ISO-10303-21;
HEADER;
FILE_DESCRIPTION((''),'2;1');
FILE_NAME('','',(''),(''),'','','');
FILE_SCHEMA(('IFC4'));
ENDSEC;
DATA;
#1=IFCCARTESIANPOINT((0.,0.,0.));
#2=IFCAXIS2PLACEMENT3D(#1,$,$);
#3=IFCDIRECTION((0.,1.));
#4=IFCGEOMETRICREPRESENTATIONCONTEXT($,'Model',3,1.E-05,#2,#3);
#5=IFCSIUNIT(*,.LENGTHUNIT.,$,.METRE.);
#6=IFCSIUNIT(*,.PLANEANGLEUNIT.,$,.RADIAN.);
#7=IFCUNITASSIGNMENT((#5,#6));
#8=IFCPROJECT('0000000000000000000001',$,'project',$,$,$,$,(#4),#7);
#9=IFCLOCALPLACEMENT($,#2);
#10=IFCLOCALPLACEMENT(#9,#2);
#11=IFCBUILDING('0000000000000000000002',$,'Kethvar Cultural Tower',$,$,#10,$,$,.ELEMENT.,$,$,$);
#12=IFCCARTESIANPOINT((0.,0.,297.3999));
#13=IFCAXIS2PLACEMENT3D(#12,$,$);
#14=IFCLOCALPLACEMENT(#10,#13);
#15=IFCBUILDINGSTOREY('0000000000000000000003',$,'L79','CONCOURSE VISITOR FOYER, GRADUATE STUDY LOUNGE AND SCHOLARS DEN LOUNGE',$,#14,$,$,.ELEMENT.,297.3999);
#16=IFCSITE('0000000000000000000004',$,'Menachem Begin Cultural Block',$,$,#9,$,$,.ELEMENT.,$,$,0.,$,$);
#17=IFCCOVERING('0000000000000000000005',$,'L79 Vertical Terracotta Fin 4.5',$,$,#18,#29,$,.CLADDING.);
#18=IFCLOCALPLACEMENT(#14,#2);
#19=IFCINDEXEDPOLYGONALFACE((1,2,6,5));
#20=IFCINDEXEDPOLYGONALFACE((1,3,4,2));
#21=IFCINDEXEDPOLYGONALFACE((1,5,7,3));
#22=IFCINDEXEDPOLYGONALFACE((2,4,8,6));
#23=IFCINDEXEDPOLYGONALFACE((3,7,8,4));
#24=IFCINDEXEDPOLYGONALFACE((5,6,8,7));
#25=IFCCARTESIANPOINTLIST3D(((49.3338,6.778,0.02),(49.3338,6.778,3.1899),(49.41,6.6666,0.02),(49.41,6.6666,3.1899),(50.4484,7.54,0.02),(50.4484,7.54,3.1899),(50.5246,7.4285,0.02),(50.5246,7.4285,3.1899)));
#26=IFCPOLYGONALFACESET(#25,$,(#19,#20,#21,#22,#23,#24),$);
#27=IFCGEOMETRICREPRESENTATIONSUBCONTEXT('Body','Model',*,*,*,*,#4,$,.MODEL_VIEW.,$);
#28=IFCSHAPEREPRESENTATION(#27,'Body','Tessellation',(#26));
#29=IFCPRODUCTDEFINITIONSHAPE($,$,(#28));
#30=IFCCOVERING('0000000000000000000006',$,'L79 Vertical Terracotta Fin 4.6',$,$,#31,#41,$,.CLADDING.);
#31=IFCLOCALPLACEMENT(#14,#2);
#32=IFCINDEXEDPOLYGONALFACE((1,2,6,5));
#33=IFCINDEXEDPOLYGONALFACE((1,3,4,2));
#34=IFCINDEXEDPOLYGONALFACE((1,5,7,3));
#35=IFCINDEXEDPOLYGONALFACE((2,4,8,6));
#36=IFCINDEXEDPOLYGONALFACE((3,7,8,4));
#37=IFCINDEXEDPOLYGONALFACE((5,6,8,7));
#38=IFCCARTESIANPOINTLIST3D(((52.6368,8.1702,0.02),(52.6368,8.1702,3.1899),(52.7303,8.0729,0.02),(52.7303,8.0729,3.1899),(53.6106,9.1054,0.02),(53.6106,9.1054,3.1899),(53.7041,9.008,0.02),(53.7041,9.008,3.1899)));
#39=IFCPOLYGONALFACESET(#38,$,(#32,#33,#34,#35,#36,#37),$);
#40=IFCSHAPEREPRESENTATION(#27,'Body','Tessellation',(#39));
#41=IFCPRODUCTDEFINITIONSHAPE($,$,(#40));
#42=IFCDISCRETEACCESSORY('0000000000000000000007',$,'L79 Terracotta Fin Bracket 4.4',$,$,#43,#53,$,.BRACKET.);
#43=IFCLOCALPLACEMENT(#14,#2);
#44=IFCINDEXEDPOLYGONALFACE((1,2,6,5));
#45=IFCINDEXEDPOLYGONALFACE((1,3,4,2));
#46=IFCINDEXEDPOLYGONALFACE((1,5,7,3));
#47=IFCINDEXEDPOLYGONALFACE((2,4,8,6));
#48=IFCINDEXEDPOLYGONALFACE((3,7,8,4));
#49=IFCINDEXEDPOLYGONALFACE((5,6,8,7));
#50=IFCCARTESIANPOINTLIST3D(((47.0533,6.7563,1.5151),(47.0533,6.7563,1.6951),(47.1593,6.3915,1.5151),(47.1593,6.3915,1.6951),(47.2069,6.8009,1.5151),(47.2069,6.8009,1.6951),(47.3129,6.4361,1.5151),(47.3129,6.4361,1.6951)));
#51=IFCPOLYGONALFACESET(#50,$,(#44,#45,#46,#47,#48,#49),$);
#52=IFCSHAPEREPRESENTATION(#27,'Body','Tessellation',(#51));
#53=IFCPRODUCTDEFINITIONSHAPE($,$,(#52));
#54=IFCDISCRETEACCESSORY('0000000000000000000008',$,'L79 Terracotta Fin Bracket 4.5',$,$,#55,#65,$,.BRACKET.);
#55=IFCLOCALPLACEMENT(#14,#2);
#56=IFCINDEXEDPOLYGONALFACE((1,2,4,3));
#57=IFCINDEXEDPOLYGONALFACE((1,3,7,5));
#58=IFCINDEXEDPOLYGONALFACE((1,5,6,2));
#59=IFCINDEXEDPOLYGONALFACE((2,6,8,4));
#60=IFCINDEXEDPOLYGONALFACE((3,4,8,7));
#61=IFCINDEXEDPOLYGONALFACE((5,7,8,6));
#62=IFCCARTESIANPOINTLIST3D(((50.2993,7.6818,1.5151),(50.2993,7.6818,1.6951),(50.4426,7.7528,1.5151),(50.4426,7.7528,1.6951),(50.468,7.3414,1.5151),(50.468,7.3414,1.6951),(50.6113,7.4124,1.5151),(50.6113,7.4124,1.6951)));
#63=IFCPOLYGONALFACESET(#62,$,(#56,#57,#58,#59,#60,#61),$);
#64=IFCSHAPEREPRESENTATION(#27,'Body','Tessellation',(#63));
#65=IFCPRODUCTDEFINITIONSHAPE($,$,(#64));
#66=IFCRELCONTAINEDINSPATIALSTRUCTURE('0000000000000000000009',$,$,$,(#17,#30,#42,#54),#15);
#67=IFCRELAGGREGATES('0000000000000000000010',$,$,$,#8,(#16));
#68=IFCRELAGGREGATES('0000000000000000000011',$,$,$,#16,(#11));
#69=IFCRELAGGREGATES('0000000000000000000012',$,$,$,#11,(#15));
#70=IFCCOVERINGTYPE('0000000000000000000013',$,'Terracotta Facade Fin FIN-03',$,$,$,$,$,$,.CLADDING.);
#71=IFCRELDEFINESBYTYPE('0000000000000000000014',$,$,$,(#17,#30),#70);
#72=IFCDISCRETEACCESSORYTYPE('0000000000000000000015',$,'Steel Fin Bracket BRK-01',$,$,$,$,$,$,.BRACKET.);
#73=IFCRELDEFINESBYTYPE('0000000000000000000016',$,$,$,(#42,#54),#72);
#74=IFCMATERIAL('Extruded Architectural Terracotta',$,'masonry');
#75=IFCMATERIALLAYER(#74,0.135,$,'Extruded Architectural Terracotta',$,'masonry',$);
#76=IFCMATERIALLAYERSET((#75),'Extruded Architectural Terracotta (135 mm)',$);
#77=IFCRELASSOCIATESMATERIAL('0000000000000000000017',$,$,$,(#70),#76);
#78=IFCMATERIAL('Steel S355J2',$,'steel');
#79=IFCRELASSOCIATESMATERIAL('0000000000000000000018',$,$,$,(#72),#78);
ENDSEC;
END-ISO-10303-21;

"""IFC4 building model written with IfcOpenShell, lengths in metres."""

from ifc_helpers import new_model, si_unit, direction, frame, origin, origin_2d, place, context, subcontext, project, spatial, rectangle, extrude, source, transform, mapped, material, layer, layer_set, type_object, element, save


model = new_model("IFC4")

# Units and contexts
model_context = context("Model", 3, precision=1e-05, world=origin(), true_north=direction((0.0, 1.0)))
body_context = subcontext(model_context, "Body", "Model", "MODEL_VIEW")
ifc_project = project(units=[si_unit("LENGTHUNIT", "METRE"), si_unit("PLANEANGLEUNIT", "RADIAN")], contexts=[model_context])

# Site, building, storey
site_placement = place(None, origin())
site = spatial("IfcSite", under=ifc_project, at=site_placement, Name="Menachem Begin Cultural Block", CompositionType="ELEMENT", RefElevation=0.0)
building_placement = place(site_placement, origin())
building = spatial("IfcBuilding", under=site, at=building_placement, Name="Kethvar Cultural Tower", CompositionType="ELEMENT")
storey_placement = place(building_placement, frame((0.0, 0.0, 297.3999)))
storey = spatial("IfcBuildingStorey", under=building, at=storey_placement, Name="L79", Description="CONCOURSE VISITOR FOYER, GRADUATE STUDY LOUNGE AND SCHOLARS DEN LOUNGE", CompositionType="ELEMENT", Elevation=297.3999)

# Shared definitions
ifc_material_1 = material(Name="Steel S355J2", Category="steel")

# Coverings
ifc_material_2 = material(Name="Extruded Architectural Terracotta", Category="masonry")
ifc_layer_1 = layer(ifc_material_2, 0.135, Name="Extruded Architectural Terracotta", Category="masonry")
ifc_layer_set_1 = layer_set([ifc_layer_1], Name="Extruded Architectural Terracotta (135 mm)")
covering_type = type_object("IfcCoveringType", Name="Terracotta Facade Fin FIN-03", PredefinedType="CLADDING", material=ifc_layer_set_1)
shared_shape_1 = source(origin(), body_context, "Body", "SweptSolid", [
    extrude(rectangle(XDim=1.3501, YDim=0.135, at=origin_2d()), origin(), (0.0, 0.0, 1.0), 3.1699),
])
for number, where, z_axis, x_axis, name in (
    (1, (49.9292, 7.1033, 0.02), (0.0, 0.0, 1.0), (-0.825508, -0.564391, 0.0), "L79 Vertical Terracotta Fin 4.5"),
    (2, (53.1704, 8.5891, 0.02), (0.0, 0.0, 1.0), (-0.721277, -0.692647, 0.0), "L79 Vertical Terracotta Fin 4.6"),
):
    element("IfcCovering", number, at=place(storey_placement, frame(where, z_axis=z_axis, x_axis=x_axis)), inside=storey, type_object=covering_type, Name=name, PredefinedType="CLADDING", context=body_context, shape_type="MappedRepresentation", body=[
        mapped(shared_shape_1, transform((0.0, 0.0, 0.0), scale=1.0)),
    ])

# Discrete accessories
discrete_accessory_type = type_object("IfcDiscreteAccessoryType", Name="Steel Fin Bracket BRK-01", PredefinedType="BRACKET", material=ifc_material_1)
shared_shape_2 = source(origin(), body_context, "Body", "SweptSolid", [
    extrude(rectangle(XDim=0.3799, YDim=0.1599, at=origin_2d()), origin(), (0.0, 0.0, 1.0), 0.1799),
])
for number, where, z_axis, x_axis, name in (
    (3, (47.1831, 6.5962, 1.5151), (0.0, 0.0, 1.0), (0.278991, -0.960294, 0.0), "L79 Terracotta Fin Bracket 4.4"),
    (4, (50.4553, 7.5471, 1.5151), (0.0, 0.0, 1.0), (0.44401, -0.896022, 0.0), "L79 Terracotta Fin Bracket 4.5"),
):
    element("IfcDiscreteAccessory", number, at=place(storey_placement, frame(where, z_axis=z_axis, x_axis=x_axis)), inside=storey, type_object=discrete_accessory_type, Name=name, PredefinedType="BRACKET", context=body_context, shape_type="MappedRepresentation", body=[
        mapped(shared_shape_2, transform((0.0, 0.0, 0.0), scale=1.0)),
    ])

save(model, "model.ifc")
